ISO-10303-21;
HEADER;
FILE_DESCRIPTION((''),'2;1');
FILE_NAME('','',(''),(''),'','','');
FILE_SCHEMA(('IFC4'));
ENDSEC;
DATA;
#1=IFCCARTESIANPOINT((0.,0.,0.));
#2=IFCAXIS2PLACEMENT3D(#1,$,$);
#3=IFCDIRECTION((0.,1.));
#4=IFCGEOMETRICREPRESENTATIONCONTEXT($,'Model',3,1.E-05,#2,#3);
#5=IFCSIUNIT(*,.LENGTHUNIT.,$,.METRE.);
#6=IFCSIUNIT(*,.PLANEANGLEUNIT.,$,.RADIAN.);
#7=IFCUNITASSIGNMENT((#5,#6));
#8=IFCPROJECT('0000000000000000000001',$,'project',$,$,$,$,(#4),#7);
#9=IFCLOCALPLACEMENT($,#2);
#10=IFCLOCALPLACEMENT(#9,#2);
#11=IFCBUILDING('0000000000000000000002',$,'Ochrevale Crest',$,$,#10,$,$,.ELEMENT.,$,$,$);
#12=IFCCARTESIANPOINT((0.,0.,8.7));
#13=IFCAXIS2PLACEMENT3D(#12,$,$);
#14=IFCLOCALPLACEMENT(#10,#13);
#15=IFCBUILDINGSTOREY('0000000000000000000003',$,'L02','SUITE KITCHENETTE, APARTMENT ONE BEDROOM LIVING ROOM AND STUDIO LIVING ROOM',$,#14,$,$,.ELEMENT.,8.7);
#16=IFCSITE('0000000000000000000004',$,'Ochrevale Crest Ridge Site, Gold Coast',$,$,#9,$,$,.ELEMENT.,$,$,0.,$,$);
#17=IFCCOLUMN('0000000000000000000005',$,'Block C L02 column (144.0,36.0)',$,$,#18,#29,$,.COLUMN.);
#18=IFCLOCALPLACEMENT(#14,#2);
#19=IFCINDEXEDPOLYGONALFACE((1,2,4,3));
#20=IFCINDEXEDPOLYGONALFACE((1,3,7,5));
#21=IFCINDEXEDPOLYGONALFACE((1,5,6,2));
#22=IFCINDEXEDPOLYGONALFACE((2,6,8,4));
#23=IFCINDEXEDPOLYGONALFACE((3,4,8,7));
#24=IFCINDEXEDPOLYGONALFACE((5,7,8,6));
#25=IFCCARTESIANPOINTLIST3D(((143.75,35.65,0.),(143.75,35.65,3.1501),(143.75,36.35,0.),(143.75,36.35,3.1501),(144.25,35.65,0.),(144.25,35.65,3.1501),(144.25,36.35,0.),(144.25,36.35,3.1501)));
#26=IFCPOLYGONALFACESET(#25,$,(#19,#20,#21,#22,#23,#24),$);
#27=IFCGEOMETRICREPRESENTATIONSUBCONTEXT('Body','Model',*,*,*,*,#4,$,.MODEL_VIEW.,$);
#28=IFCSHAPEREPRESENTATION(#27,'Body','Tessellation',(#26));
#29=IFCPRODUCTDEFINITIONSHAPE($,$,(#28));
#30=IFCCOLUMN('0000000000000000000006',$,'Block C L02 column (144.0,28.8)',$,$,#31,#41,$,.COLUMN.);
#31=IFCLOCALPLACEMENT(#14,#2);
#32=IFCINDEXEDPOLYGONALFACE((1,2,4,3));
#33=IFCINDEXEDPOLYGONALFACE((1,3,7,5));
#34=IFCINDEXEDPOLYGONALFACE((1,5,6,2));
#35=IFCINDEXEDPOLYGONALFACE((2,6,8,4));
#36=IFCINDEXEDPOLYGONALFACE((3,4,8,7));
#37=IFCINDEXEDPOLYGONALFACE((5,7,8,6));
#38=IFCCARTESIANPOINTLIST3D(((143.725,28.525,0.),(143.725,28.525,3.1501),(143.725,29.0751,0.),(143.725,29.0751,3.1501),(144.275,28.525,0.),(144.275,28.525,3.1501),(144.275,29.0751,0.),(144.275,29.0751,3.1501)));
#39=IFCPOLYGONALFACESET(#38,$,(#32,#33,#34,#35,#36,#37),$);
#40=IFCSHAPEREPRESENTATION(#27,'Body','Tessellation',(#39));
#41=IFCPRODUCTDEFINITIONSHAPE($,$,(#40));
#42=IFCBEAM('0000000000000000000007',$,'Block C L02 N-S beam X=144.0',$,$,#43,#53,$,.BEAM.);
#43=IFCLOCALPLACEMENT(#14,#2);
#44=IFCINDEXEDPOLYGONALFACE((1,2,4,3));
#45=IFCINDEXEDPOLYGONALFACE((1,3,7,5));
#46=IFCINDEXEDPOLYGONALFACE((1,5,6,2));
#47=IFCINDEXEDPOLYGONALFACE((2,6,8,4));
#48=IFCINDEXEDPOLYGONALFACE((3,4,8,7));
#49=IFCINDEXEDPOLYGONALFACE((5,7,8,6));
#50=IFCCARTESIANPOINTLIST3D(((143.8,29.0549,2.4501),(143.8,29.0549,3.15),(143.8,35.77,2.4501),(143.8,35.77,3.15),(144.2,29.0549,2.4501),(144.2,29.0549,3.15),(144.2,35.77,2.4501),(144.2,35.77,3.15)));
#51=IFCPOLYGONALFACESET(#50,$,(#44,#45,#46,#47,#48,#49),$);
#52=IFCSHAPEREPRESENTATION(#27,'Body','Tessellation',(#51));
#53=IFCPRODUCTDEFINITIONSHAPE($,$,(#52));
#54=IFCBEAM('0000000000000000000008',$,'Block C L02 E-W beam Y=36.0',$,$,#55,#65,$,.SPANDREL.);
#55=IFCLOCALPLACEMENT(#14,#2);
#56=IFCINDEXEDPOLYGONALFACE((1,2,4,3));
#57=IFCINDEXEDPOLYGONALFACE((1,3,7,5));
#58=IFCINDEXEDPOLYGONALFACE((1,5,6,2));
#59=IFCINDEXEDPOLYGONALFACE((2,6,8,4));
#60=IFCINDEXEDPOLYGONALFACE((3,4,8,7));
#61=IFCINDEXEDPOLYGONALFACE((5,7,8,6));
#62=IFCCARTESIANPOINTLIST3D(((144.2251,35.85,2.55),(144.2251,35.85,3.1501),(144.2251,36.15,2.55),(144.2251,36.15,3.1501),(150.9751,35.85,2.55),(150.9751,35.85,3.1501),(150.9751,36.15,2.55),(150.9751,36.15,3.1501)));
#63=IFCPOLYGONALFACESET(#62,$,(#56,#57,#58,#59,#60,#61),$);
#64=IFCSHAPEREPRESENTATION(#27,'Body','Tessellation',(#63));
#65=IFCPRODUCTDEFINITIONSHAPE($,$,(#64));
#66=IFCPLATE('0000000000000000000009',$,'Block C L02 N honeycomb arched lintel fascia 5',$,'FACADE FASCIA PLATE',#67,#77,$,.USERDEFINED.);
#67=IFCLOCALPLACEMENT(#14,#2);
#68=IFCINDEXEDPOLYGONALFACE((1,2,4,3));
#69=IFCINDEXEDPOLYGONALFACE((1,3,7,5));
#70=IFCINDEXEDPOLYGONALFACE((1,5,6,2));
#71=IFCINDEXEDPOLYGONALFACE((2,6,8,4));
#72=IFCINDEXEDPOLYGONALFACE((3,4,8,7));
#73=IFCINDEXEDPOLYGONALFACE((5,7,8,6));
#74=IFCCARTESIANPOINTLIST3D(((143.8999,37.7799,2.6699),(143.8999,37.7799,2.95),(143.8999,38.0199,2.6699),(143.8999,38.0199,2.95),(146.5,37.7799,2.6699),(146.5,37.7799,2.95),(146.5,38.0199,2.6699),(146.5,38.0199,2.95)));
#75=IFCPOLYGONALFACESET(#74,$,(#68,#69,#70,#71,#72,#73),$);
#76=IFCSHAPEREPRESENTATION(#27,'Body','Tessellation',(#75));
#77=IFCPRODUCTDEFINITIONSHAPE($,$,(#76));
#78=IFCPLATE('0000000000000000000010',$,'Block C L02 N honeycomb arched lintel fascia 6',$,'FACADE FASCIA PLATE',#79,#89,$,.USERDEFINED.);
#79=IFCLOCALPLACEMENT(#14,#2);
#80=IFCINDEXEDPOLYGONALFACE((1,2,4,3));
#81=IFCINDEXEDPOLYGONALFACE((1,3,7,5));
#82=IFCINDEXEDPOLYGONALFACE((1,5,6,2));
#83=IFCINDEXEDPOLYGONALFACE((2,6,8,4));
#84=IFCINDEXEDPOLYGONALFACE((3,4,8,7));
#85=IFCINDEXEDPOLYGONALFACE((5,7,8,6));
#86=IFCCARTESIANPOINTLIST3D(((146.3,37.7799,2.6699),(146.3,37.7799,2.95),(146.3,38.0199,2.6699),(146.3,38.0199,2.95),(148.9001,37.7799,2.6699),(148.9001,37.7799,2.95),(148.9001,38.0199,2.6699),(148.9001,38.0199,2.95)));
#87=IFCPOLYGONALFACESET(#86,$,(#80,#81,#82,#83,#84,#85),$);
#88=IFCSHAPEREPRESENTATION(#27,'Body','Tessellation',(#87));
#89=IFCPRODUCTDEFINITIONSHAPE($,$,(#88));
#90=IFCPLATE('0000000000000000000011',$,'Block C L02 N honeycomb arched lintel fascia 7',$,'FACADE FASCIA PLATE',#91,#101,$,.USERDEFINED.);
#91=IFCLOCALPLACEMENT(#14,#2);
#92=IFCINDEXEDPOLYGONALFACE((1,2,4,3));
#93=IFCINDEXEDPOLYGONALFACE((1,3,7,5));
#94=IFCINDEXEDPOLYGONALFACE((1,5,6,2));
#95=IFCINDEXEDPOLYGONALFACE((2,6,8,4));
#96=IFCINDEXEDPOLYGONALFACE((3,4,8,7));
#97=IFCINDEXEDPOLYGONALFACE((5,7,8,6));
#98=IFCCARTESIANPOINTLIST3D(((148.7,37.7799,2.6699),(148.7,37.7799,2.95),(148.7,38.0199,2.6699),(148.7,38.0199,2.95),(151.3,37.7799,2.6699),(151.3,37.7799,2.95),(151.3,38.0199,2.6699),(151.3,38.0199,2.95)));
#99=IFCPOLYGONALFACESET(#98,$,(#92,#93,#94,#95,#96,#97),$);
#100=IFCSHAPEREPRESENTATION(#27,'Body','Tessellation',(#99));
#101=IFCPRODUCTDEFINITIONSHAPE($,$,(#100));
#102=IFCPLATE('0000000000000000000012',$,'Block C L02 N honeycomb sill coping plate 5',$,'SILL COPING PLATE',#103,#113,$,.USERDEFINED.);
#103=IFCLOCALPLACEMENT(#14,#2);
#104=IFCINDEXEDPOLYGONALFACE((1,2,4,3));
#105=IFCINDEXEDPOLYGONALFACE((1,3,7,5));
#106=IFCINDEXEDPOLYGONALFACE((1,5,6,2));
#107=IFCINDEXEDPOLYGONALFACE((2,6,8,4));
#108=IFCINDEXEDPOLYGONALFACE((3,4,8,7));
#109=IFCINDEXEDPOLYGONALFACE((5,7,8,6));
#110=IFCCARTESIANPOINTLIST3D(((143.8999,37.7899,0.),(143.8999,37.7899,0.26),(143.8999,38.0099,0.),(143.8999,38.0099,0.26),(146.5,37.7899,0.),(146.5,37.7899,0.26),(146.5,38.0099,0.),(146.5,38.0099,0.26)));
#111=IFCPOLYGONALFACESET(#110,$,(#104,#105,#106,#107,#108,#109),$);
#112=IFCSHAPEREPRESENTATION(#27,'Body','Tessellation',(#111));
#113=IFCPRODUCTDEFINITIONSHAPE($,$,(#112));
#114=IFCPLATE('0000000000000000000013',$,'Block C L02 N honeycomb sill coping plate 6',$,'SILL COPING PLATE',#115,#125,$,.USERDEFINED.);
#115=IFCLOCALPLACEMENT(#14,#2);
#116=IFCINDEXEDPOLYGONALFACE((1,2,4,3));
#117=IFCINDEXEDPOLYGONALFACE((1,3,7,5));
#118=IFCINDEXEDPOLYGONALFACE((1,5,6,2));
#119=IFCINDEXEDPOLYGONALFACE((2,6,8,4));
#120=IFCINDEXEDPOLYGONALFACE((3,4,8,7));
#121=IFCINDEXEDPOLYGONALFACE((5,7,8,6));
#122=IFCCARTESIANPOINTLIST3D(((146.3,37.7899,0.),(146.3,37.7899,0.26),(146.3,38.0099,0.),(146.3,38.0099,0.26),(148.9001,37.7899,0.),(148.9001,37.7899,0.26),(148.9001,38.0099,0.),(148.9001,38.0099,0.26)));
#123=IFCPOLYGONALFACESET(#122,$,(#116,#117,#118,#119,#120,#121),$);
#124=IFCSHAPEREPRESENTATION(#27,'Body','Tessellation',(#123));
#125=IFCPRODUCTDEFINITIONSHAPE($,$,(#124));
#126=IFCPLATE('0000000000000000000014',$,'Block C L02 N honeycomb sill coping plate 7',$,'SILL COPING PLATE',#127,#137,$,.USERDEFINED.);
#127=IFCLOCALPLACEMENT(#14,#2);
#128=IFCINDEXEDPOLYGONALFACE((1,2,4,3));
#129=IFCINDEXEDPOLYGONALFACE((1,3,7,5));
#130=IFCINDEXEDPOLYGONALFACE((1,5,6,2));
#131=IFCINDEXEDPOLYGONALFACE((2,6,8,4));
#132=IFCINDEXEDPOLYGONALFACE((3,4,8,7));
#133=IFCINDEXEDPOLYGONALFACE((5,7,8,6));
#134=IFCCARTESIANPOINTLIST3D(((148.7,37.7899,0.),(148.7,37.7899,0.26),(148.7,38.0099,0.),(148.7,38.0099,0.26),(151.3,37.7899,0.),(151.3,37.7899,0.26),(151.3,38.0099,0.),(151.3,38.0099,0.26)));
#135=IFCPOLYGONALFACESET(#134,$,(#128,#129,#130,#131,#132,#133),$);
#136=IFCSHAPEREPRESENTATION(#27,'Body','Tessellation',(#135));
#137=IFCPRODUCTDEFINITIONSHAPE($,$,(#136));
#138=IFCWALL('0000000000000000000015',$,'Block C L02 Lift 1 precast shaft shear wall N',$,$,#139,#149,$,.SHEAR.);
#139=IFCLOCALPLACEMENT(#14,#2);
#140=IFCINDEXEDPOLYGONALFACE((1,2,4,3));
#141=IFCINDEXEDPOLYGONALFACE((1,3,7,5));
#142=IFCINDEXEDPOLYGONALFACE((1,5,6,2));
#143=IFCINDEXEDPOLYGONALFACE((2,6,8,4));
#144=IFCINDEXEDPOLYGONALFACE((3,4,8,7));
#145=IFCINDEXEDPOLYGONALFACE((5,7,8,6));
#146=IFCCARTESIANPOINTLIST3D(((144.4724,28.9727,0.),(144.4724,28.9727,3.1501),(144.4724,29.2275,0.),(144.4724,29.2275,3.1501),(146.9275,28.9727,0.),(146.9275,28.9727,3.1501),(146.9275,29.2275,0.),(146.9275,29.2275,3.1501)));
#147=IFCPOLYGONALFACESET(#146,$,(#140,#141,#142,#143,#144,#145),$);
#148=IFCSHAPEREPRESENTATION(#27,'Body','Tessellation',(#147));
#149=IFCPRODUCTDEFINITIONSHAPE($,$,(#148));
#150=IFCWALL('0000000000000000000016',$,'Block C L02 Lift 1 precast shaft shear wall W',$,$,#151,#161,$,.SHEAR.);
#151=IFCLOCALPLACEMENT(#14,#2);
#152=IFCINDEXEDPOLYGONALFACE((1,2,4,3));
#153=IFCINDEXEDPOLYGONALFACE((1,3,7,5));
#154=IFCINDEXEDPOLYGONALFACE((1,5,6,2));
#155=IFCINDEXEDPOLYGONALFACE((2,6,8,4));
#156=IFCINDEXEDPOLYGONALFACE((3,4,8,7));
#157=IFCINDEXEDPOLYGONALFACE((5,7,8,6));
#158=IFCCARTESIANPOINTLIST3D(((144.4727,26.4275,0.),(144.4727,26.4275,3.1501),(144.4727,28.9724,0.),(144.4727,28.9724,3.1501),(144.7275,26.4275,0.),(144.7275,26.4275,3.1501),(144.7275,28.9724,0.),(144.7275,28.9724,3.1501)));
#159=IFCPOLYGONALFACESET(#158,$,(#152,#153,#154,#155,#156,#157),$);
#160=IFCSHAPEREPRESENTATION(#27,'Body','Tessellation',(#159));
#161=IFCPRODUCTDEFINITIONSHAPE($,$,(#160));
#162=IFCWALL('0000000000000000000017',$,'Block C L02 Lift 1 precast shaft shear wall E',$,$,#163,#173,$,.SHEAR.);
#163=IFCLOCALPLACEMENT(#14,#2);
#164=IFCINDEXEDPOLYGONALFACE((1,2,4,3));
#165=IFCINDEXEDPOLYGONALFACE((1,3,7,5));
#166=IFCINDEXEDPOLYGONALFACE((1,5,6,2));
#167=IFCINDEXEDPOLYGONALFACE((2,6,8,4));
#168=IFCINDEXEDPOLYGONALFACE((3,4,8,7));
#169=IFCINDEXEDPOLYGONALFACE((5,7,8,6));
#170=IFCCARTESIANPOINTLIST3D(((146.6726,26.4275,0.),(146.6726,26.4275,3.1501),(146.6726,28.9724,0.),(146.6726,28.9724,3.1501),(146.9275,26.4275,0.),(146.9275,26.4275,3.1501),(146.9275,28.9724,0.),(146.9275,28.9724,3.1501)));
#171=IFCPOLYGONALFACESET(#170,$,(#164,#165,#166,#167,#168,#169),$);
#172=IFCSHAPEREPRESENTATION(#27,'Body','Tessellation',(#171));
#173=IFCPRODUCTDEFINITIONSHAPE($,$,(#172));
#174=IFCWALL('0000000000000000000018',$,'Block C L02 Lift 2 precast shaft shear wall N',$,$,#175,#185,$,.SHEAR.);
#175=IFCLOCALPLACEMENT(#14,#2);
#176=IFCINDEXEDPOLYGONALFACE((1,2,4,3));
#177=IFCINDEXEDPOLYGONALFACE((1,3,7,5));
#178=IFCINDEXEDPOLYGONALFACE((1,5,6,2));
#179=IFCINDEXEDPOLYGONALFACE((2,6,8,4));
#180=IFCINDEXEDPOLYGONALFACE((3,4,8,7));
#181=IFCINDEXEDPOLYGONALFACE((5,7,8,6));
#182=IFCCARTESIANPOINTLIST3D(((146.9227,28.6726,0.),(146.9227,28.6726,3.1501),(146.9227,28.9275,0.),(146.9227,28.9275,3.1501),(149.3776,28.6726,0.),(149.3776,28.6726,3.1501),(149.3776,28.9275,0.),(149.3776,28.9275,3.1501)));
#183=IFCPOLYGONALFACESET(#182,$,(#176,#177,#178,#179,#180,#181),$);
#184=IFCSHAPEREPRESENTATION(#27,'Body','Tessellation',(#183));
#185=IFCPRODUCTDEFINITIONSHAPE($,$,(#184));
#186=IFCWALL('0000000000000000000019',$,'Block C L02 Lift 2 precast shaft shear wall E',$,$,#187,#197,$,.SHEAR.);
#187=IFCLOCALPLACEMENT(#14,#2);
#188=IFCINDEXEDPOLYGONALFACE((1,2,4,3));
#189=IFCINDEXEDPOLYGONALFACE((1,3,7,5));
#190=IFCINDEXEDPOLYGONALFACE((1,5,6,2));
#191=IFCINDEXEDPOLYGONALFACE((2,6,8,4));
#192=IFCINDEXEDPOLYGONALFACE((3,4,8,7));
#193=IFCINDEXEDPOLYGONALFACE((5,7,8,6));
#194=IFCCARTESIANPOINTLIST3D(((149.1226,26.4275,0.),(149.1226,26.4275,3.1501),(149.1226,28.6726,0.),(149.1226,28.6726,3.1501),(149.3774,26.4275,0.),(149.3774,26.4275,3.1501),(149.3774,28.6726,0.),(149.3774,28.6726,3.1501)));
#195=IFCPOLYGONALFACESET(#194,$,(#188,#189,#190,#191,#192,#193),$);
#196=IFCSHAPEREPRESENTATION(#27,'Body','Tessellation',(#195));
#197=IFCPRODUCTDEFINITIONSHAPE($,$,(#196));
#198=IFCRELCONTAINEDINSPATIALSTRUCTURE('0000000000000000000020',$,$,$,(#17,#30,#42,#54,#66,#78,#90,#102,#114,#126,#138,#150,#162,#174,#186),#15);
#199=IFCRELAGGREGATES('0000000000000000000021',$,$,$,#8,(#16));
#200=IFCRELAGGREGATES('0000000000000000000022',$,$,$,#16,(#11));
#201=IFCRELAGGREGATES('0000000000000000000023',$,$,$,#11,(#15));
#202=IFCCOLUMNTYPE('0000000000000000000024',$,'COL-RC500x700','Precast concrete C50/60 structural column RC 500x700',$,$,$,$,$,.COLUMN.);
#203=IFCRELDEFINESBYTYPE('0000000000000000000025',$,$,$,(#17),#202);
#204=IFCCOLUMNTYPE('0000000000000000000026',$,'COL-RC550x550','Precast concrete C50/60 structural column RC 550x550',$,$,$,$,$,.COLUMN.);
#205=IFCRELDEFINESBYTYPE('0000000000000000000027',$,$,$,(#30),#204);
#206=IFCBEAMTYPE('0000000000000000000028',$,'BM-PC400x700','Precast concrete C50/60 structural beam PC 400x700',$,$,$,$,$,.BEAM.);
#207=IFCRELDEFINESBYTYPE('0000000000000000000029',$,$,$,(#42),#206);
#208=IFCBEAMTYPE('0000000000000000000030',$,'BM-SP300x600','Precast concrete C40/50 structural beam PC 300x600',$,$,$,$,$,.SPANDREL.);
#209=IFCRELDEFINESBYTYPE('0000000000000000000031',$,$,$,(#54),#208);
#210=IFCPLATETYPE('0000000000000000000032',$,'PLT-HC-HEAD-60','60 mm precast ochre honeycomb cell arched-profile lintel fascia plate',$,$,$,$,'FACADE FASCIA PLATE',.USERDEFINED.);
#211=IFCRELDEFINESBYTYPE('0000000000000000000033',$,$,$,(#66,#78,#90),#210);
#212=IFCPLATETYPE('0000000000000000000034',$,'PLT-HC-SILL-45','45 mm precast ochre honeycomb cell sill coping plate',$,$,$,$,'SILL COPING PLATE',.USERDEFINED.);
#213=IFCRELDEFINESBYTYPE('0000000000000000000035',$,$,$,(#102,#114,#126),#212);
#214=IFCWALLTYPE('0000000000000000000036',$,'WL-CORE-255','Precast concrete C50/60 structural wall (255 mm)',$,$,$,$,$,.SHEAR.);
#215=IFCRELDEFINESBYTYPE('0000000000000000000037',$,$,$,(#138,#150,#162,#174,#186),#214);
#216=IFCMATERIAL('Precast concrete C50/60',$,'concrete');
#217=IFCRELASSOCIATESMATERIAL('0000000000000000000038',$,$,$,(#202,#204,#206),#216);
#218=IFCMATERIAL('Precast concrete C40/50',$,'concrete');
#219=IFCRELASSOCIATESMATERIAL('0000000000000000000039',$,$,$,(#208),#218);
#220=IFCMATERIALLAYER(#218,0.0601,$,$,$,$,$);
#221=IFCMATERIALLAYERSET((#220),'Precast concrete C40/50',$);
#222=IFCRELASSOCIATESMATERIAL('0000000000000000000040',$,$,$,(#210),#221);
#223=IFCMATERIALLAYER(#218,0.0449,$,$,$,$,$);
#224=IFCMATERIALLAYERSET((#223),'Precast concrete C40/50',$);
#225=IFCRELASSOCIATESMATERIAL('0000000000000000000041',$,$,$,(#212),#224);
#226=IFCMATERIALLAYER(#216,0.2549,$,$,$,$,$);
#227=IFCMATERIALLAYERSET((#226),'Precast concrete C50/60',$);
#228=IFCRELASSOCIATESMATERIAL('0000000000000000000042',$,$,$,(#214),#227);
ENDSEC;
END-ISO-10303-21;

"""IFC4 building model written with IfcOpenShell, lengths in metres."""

from ifc_helpers import new_model, si_unit, direction, frame, frame_2d, origin, origin_2d, place, context, subcontext, project, spatial, rectangle, extrude, material, layer, layer_set, material_profile, profile_set, type_object, element, save


model = new_model("IFC4")

# Units and contexts
model_context = context("Model", 3, precision=1e-05, world=origin(), true_north=direction((0.0, 1.0)))
body_context = subcontext(model_context, "Body", "Model", "MODEL_VIEW")
ifc_project = project(units=[si_unit("LENGTHUNIT", "METRE"), si_unit("PLANEANGLEUNIT", "RADIAN")], contexts=[model_context])

# Site, building, storey
site_placement = place(None, origin())
site = spatial("IfcSite", under=ifc_project, at=site_placement, Name="Ochrevale Crest Ridge Site, Gold Coast", CompositionType="ELEMENT", RefElevation=0.0)
building_placement = place(site_placement, origin())
building = spatial("IfcBuilding", under=site, at=building_placement, Name="Ochrevale Crest", CompositionType="ELEMENT")
storey_placement = place(building_placement, frame((0.0, 0.0, 8.7)))
storey = spatial("IfcBuildingStorey", under=building, at=storey_placement, Name="L02", Description="SUITE KITCHENETTE, APARTMENT ONE BEDROOM LIVING ROOM AND STUDIO LIVING ROOM", CompositionType="ELEMENT", Elevation=8.7)

# Columns
ifc_material_1 = material(Name="Precast concrete C50/60", Category="concrete")
ifc_material_profile_1 = material_profile(ifc_material_1, rectangle(XDim=0.5, YDim=0.7, at=origin_2d()), Name="RC 500x700")
ifc_profile_set_1 = profile_set([ifc_material_profile_1], Name="Precast concrete C50/60")
column_type_1 = type_object("IfcColumnType", Name="COL-RC500x700", Description="Precast concrete C50/60 structural column RC 500x700", PredefinedType="COLUMN", material=ifc_profile_set_1)
column_1_placement = place(storey_placement, frame((144.0, 36.0, 0.0), z_axis=(0.0, 0.0, 1.0), x_axis=(1.0, 0.0, 0.0)))
element("IfcColumn", 1, at=column_1_placement, inside=storey, type_object=column_type_1, Name="Block C L02 column (144.0,36.0)", PredefinedType="COLUMN", context=body_context, shape_type="SweptSolid", body=[
    extrude(rectangle(XDim=0.5, YDim=0.7, at=origin_2d()), origin(), (0.0, 0.0, 1.0), 3.1501),
])
ifc_material_profile_2 = material_profile(ifc_material_1, rectangle(XDim=0.55, YDim=0.55, at=origin_2d()), Name="RC 550x550")
ifc_profile_set_2 = profile_set([ifc_material_profile_2], Name="Precast concrete C50/60")
column_type_2 = type_object("IfcColumnType", Name="COL-RC550x550", Description="Precast concrete C50/60 structural column RC 550x550", PredefinedType="COLUMN", material=ifc_profile_set_2)
column_2_placement = place(storey_placement, frame((144.0, 28.8, 0.0), z_axis=(0.0, 0.0, 1.0), x_axis=(1.0, 0.0, 0.0)))
element("IfcColumn", 2, at=column_2_placement, inside=storey, type_object=column_type_2, Name="Block C L02 column (144.0,28.8)", PredefinedType="COLUMN", context=body_context, shape_type="SweptSolid", body=[
    extrude(rectangle(XDim=0.55, YDim=0.55, at=origin_2d()), origin(), (0.0, 0.0, 1.0), 3.1501),
])

# Beams
ifc_material_profile_3 = material_profile(ifc_material_1, rectangle(XDim=0.3999, YDim=0.7, at=origin_2d()), Name="PC 400x700")
ifc_profile_set_3 = profile_set([ifc_material_profile_3], Name="Precast concrete C50/60")
beam_type_1 = type_object("IfcBeamType", Name="BM-PC400x700", Description="Precast concrete C50/60 structural beam PC 400x700", PredefinedType="BEAM", material=ifc_profile_set_3)
beam_1_placement = place(storey_placement, frame((144.0, 29.0549, 2.8), z_axis=(0.0, 1.0, 0.0), x_axis=(-1.0, 0.0, 0.0)))
element("IfcBeam", 3, at=beam_1_placement, inside=storey, type_object=beam_type_1, Name="Block C L02 N-S beam X=144.0", PredefinedType="BEAM", context=body_context, shape_type="SweptSolid", body=[
    extrude(rectangle(XDim=0.3999, YDim=0.7, at=origin_2d()), origin(), (0.0, 0.0, 1.0), 6.7151),
])
ifc_material_2 = material(Name="Precast concrete C40/50", Category="concrete")
ifc_material_profile_4 = material_profile(ifc_material_2, rectangle(XDim=0.3, YDim=0.6001, at=origin_2d()), Name="PC 300x600")
ifc_profile_set_4 = profile_set([ifc_material_profile_4], Name="Precast concrete C40/50")
beam_type_2 = type_object("IfcBeamType", Name="BM-SP300x600", Description="Precast concrete C40/50 structural beam PC 300x600", PredefinedType="SPANDREL", material=ifc_profile_set_4)
beam_2_placement = place(storey_placement, frame((144.2251, 36.0, 2.8501), z_axis=(1.0, 0.0, 0.0), x_axis=(0.0, 1.0, 0.0)))
element("IfcBeam", 4, at=beam_2_placement, inside=storey, type_object=beam_type_2, Name="Block C L02 E-W beam Y=36.0", PredefinedType="SPANDREL", context=body_context, shape_type="SweptSolid", body=[
    extrude(rectangle(XDim=0.3, YDim=0.6001, at=origin_2d()), origin(), (0.0, 0.0, 1.0), 6.75),
])

# Plates
ifc_layer_1 = layer(ifc_material_2, 0.0601)
ifc_layer_set_1 = layer_set([ifc_layer_1], Name="Precast concrete C40/50")
plate_type_1 = type_object("IfcPlateType", Name="PLT-HC-HEAD-60", Description="60 mm precast ochre honeycomb cell arched-profile lintel fascia plate", ElementType="FACADE FASCIA PLATE", PredefinedType="USERDEFINED", material=ifc_layer_set_1)
for number, where, z_axis, x_axis, name in (
    (5, (145.2, 37.8999, 2.6699), (0.0, 0.0, 1.0), (1.0, 0.0, 0.0), "Block C L02 N honeycomb arched lintel fascia 5"),
    (6, (147.6001, 37.8999, 2.6699), (0.0, 0.0, 1.0), (1.0, 0.0, 0.0), "Block C L02 N honeycomb arched lintel fascia 6"),
    (7, (150.0, 37.8999, 2.6699), (0.0, 0.0, 1.0), (1.0, 0.0, 0.0), "Block C L02 N honeycomb arched lintel fascia 7"),
):
    element("IfcPlate", number, at=place(storey_placement, frame(where, z_axis=z_axis, x_axis=x_axis)), inside=storey, type_object=plate_type_1, Name=name, ObjectType="FACADE FASCIA PLATE", PredefinedType="USERDEFINED", context=body_context, shape_type="SweptSolid", body=[
        extrude(rectangle(XDim=2.6001, YDim=0.24, at=origin_2d()), origin(), (0.0, 0.0, 1.0), 0.28),
    ])
ifc_layer_2 = layer(ifc_material_2, 0.0449)
ifc_layer_set_2 = layer_set([ifc_layer_2], Name="Precast concrete C40/50")
plate_type_2 = type_object("IfcPlateType", Name="PLT-HC-SILL-45", Description="45 mm precast ochre honeycomb cell sill coping plate", ElementType="SILL COPING PLATE", PredefinedType="USERDEFINED", material=ifc_layer_set_2)
for number, where, z_axis, x_axis, name in (
    (8, (145.2, 37.8999, 0.0), (0.0, 0.0, 1.0), (1.0, 0.0, 0.0), "Block C L02 N honeycomb sill coping plate 5"),
    (9, (147.6001, 37.8999, 0.0), (0.0, 0.0, 1.0), (1.0, 0.0, 0.0), "Block C L02 N honeycomb sill coping plate 6"),
    (10, (150.0, 37.8999, 0.0), (0.0, 0.0, 1.0), (1.0, 0.0, 0.0), "Block C L02 N honeycomb sill coping plate 7"),
):
    element("IfcPlate", number, at=place(storey_placement, frame(where, z_axis=z_axis, x_axis=x_axis)), inside=storey, type_object=plate_type_2, Name=name, ObjectType="SILL COPING PLATE", PredefinedType="USERDEFINED", context=body_context, shape_type="SweptSolid", body=[
        extrude(rectangle(XDim=2.6001, YDim=0.22, at=origin_2d()), origin(), (0.0, 0.0, 1.0), 0.26),
    ])

# Shared definitions
ifc_layer_3 = layer(ifc_material_1, 0.2549)
ifc_layer_set_3 = layer_set([ifc_layer_3], Name="Precast concrete C50/60")
wall_type_1 = type_object("IfcWallType", Name="WL-CORE-255", Description="Precast concrete C50/60 structural wall (255 mm)", PredefinedType="SHEAR", material=ifc_layer_set_3)

# Walls
wall_1_placement = place(storey_placement, frame((144.4724, 29.1001, 0.0), z_axis=(0.0, 0.0, 1.0), x_axis=(1.0, 0.0, 0.0)))
element("IfcWall", 11, at=wall_1_placement, inside=storey, type_object=wall_type_1, Name="Block C L02 Lift 1 precast shaft shear wall N", PredefinedType="SHEAR", context=body_context, shape_type="SweptSolid", body=[
    extrude(rectangle(XDim=2.4551, YDim=0.2549, at=frame_2d((1.2275, 0.0))), origin(), (0.0, 0.0, 1.0), 3.1501),
])
for number, where, z_axis, x_axis, name in (
    (12, (144.6001, 26.4275, 0.0), (0.0, 0.0, 1.0), (0.0, 1.0, 0.0), "Block C L02 Lift 1 precast shaft shear wall W"),
    (13, (146.8, 26.4275, 0.0), (0.0, 0.0, 1.0), (0.0, 1.0, 0.0), "Block C L02 Lift 1 precast shaft shear wall E"),
):
    element("IfcWall", number, at=place(storey_placement, frame(where, z_axis=z_axis, x_axis=x_axis)), inside=storey, type_object=wall_type_1, Name=name, PredefinedType="SHEAR", context=body_context, shape_type="SweptSolid", body=[
        extrude(rectangle(XDim=2.5449, YDim=0.2549, at=frame_2d((1.2725, 0.0))), origin(), (0.0, 0.0, 1.0), 3.1501),
    ])

# Walls
wall_2_placement = place(storey_placement, frame((146.9226, 28.8, 0.0), z_axis=(0.0, 0.0, 1.0), x_axis=(1.0, 0.0, 0.0)))
element("IfcWall", 14, at=wall_2_placement, inside=storey, type_object=wall_type_1, Name="Block C L02 Lift 2 precast shaft shear wall N", PredefinedType="SHEAR", context=body_context, shape_type="SweptSolid", body=[
    extrude(rectangle(XDim=2.4548, YDim=0.2549, at=frame_2d((1.2275, 0.0))), origin(), (0.0, 0.0, 1.0), 3.1501),
])
wall_3_placement = place(storey_placement, frame((149.25, 26.4275, 0.0), z_axis=(0.0, 0.0, 1.0), x_axis=(0.0, 1.0, 0.0)))
element("IfcWall", 15, at=wall_3_placement, inside=storey, type_object=wall_type_1, Name="Block C L02 Lift 2 precast shaft shear wall E", PredefinedType="SHEAR", context=body_context, shape_type="SweptSolid", body=[
    extrude(rectangle(XDim=2.2451, YDim=0.2549, at=frame_2d((1.1226, 0.0))), origin(), (0.0, 0.0, 1.0), 3.1501),
])

save(model, "model.ifc")
